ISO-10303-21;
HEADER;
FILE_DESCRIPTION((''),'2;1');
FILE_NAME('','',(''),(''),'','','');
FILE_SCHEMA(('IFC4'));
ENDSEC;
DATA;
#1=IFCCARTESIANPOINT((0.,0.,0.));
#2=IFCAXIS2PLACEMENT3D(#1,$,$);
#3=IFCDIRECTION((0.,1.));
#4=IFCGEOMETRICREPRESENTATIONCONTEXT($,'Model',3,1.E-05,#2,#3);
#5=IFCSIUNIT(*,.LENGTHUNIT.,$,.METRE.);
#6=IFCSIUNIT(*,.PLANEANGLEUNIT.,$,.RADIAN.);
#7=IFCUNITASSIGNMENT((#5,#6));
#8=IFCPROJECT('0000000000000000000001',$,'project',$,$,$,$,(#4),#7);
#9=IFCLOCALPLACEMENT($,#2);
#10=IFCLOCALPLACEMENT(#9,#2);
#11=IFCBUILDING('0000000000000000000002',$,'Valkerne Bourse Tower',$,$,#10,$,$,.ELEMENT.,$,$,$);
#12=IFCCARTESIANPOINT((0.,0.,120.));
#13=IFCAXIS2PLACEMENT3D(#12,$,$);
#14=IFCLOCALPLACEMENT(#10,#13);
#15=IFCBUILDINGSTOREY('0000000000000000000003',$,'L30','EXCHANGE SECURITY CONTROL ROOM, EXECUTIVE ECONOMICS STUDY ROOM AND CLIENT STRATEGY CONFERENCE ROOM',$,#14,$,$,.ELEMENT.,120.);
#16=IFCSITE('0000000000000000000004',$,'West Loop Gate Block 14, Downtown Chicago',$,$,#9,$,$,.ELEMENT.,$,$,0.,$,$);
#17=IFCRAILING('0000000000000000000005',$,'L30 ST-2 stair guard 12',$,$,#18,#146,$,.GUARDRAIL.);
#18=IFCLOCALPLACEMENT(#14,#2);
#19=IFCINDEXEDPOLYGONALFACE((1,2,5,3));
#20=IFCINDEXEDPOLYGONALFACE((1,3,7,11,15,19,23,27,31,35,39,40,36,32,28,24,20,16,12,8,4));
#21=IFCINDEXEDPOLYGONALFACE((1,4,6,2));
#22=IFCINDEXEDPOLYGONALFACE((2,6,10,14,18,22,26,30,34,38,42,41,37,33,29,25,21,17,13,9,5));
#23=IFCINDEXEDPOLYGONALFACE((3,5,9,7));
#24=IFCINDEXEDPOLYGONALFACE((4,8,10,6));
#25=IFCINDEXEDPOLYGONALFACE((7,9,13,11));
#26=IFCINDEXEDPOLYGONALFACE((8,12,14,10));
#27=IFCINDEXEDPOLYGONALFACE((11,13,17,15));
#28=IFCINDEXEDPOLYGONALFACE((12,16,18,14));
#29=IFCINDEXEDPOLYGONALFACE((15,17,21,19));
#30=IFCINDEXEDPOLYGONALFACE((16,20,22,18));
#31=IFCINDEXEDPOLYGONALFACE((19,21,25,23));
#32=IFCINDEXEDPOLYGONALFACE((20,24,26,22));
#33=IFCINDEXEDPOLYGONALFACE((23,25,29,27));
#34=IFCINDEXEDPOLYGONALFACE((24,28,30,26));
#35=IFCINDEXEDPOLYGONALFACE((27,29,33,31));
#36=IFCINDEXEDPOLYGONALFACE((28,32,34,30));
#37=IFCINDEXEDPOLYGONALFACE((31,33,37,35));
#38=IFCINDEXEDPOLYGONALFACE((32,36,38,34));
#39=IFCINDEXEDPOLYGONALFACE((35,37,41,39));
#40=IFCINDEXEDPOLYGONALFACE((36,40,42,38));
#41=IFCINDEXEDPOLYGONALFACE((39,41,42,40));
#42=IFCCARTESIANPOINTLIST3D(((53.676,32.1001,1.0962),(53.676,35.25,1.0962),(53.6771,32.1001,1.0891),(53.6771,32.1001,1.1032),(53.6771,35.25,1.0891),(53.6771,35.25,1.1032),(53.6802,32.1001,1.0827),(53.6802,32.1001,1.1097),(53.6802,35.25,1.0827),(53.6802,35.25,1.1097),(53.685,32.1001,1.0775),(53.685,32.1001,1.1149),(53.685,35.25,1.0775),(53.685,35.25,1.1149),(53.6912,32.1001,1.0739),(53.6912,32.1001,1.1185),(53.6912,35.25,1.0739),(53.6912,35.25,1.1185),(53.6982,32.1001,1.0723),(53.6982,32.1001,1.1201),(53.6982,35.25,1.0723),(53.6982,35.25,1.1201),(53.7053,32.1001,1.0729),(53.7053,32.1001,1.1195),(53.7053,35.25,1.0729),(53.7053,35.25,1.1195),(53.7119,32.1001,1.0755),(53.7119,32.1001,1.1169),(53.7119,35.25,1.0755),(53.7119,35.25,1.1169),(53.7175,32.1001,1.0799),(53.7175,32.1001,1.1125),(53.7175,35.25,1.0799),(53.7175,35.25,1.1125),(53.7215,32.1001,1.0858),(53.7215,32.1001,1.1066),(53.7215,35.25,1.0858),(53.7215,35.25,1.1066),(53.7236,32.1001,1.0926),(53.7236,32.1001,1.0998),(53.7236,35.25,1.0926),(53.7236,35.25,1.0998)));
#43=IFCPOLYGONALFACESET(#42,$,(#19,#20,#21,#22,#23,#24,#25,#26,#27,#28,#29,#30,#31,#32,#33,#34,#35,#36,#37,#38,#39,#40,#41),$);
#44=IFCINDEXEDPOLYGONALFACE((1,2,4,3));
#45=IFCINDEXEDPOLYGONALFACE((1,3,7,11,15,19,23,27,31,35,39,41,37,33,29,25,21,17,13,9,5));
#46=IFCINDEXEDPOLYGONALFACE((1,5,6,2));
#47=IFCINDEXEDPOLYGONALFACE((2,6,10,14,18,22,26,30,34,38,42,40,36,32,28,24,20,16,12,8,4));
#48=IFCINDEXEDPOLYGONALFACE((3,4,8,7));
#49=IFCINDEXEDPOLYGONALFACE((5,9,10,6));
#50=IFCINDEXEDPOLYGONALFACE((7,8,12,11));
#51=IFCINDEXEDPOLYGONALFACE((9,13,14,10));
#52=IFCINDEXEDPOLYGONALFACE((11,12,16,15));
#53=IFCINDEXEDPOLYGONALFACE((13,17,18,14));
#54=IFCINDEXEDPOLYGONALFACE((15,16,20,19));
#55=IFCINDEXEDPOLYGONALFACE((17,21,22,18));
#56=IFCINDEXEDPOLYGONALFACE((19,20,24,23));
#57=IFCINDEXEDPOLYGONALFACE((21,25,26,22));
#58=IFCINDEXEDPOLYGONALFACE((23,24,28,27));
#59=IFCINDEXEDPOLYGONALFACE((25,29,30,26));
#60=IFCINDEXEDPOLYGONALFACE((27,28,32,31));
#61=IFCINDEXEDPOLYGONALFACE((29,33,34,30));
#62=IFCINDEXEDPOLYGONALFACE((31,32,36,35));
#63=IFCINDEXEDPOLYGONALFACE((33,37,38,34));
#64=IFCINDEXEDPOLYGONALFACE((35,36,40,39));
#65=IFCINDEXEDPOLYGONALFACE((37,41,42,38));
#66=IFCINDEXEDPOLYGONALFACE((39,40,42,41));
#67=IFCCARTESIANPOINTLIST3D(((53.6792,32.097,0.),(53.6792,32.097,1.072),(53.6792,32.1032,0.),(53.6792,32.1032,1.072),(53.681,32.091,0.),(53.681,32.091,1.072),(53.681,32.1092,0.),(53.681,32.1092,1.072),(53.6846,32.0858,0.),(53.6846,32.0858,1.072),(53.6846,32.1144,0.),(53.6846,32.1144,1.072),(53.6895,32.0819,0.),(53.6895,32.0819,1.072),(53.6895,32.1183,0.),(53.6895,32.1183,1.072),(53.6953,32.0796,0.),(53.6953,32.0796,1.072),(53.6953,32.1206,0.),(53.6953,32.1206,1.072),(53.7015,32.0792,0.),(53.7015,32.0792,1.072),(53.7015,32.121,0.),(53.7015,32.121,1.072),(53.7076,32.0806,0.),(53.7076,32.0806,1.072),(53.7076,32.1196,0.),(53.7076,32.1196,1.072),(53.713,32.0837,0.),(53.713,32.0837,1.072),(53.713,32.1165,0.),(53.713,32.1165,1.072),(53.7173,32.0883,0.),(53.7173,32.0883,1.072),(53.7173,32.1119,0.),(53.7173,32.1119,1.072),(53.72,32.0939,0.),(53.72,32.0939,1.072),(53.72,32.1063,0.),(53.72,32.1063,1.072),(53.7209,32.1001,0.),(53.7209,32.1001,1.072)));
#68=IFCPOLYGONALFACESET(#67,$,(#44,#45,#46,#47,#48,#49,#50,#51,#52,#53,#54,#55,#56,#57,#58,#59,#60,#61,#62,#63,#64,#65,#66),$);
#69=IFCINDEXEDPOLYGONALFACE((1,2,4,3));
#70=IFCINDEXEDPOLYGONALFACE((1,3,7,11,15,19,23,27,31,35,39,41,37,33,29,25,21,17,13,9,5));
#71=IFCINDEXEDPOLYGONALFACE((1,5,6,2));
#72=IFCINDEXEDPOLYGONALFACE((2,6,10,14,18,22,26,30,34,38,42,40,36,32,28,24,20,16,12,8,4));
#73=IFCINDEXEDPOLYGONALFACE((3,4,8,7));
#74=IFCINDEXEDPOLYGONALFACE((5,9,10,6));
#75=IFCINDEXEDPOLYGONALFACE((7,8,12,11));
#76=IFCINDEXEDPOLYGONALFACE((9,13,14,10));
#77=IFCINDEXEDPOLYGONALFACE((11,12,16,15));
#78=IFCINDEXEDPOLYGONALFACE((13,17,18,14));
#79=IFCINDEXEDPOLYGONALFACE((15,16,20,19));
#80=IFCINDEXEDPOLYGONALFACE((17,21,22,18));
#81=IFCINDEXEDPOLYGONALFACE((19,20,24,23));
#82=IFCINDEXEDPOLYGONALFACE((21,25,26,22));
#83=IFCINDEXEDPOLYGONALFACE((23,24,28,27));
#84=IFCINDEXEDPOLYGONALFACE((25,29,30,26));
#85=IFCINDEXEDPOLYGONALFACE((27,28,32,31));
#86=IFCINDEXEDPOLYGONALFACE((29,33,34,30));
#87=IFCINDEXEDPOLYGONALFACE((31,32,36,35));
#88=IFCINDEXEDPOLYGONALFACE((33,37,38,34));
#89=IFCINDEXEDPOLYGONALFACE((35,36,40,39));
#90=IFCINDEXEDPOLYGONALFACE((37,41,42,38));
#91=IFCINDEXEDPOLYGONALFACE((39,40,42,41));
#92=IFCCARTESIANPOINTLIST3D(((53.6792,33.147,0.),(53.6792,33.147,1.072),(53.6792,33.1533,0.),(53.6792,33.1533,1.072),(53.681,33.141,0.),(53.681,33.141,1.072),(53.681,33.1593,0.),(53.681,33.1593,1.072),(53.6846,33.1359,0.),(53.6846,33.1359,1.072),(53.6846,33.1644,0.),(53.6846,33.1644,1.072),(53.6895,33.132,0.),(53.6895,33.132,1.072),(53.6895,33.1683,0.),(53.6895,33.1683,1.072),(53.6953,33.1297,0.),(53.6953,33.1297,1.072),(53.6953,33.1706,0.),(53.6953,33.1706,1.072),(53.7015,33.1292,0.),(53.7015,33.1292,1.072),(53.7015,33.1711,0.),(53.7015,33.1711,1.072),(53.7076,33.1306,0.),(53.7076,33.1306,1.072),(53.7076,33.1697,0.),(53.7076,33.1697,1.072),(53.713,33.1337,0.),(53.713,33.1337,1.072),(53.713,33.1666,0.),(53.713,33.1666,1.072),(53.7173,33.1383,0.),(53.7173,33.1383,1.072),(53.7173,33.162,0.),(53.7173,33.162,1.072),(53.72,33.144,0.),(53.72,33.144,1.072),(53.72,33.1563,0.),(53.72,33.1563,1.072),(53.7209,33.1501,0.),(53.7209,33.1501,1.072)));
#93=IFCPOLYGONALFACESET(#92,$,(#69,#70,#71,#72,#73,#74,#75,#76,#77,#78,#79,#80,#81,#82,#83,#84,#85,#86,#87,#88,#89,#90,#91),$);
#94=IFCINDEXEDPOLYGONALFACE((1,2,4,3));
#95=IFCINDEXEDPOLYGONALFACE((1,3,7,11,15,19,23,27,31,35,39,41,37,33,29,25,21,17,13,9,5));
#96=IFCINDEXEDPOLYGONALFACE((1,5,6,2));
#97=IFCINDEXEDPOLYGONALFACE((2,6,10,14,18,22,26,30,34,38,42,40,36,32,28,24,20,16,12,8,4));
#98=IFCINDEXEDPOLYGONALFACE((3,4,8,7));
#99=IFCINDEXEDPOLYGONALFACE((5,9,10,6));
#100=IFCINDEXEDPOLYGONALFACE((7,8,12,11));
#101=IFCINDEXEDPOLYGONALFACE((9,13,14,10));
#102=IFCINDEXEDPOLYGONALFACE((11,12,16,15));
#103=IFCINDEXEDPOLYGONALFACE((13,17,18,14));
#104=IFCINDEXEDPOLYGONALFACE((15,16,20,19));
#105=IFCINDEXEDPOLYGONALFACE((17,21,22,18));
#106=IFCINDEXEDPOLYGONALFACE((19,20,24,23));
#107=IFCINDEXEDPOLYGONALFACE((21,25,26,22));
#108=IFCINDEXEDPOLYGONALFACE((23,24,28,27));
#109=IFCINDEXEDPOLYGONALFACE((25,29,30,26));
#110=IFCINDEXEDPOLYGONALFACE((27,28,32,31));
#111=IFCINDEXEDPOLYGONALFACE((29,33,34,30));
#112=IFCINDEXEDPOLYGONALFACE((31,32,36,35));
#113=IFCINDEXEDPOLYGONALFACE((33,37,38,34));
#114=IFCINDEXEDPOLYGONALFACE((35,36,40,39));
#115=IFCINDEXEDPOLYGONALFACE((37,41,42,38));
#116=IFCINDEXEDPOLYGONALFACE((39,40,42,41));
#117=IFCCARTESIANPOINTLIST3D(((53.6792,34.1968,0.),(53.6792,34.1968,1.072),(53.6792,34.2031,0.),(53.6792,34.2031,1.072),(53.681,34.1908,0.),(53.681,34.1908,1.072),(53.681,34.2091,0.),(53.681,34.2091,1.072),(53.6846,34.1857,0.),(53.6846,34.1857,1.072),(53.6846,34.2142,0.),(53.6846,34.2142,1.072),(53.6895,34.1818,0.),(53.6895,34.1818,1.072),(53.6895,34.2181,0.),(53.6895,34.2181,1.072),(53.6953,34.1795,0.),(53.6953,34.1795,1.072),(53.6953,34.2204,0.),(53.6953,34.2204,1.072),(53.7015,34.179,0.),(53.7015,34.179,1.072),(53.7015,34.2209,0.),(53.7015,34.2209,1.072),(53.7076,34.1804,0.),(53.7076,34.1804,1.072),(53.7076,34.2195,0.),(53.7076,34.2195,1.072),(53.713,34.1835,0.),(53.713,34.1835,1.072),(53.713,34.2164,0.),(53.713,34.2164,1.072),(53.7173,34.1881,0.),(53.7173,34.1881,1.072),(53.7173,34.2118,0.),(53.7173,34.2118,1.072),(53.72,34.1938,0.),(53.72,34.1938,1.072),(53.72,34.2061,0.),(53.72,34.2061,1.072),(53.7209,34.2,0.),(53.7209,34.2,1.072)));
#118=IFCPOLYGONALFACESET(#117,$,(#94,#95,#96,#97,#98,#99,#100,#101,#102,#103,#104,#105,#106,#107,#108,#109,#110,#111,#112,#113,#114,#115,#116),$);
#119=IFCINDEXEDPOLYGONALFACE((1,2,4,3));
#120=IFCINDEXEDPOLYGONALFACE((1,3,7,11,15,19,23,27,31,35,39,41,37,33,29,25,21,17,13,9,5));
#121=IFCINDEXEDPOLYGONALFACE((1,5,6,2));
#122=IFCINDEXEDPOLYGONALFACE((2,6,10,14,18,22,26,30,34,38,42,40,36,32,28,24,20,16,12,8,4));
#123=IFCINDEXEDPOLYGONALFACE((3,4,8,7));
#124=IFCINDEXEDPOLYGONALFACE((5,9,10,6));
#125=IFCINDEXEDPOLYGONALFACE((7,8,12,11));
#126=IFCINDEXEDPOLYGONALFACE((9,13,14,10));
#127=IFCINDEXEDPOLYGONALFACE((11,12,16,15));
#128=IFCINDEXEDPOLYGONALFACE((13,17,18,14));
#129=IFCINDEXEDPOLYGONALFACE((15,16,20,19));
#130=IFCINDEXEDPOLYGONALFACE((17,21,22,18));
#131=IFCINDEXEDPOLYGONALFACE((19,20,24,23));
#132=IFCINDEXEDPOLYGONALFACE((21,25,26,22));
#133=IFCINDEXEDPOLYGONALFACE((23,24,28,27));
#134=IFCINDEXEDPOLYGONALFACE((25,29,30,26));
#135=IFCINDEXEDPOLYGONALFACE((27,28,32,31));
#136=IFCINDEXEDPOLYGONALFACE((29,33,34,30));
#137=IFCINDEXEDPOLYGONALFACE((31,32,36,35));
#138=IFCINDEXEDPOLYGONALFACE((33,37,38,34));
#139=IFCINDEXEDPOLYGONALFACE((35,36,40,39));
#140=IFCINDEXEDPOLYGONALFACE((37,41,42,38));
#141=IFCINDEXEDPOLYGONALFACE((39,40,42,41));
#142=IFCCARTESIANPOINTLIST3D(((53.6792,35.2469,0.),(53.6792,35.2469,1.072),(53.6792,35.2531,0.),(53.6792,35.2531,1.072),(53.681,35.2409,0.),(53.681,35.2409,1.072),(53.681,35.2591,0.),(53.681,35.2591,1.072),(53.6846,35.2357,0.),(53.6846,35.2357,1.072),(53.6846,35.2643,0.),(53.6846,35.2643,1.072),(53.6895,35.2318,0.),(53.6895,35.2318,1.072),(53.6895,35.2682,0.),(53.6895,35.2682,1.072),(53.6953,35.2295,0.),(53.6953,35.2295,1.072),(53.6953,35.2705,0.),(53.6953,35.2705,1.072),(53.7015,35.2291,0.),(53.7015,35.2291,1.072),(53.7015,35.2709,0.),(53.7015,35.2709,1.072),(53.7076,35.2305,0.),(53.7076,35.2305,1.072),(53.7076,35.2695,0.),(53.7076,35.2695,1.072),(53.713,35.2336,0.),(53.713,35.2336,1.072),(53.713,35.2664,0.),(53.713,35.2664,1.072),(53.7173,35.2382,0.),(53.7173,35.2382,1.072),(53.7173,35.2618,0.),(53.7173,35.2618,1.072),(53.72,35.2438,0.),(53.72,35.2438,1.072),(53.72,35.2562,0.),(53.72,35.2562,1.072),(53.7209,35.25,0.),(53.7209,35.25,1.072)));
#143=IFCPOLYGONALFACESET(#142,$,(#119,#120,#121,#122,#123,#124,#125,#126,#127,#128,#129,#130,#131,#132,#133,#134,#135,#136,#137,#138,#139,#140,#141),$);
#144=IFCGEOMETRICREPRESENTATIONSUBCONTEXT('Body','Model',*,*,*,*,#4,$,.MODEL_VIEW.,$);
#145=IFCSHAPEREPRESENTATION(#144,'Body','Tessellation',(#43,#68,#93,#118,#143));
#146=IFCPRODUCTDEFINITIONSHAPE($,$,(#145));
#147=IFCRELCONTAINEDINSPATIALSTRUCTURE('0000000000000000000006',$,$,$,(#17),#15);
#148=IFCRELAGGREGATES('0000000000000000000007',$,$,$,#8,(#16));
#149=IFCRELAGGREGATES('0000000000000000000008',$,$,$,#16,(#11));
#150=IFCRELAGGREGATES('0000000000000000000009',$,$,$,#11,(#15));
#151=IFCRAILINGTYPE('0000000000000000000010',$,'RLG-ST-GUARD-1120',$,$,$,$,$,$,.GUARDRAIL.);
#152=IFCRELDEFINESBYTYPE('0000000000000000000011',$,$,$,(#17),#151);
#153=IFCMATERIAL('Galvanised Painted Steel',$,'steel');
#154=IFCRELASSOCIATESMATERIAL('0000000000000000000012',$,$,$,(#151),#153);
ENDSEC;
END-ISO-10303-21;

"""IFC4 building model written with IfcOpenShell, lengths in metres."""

from ifc_helpers import new_model, si_unit, direction, frame, origin, origin_2d, place, context, subcontext, project, spatial, circle, extrude, material, type_object, element, save


model = new_model("IFC4")

# Units and contexts
model_context = context("Model", 3, precision=1e-05, world=origin(), true_north=direction((0.0, 1.0)))
body_context = subcontext(model_context, "Body", "Model", "MODEL_VIEW")
ifc_project = project(units=[si_unit("LENGTHUNIT", "METRE"), si_unit("PLANEANGLEUNIT", "RADIAN")], contexts=[model_context])

# Site, building, storey
site_placement = place(None, origin())
site = spatial("IfcSite", under=ifc_project, at=site_placement, Name="West Loop Gate Block 14, Downtown Chicago", CompositionType="ELEMENT", RefElevation=0.0)
building_placement = place(site_placement, origin())
building = spatial("IfcBuilding", under=site, at=building_placement, Name="Valkerne Bourse Tower", CompositionType="ELEMENT")
storey_placement = place(building_placement, frame((0.0, 0.0, 120.0)))
storey = spatial("IfcBuildingStorey", under=building, at=storey_placement, Name="L30", Description="EXCHANGE SECURITY CONTROL ROOM, EXECUTIVE ECONOMICS STUDY ROOM AND CLIENT STRATEGY CONFERENCE ROOM", CompositionType="ELEMENT", Elevation=120.0)

# Railing
ifc_material_1 = material(Name="Galvanised Painted Steel", Category="steel")
railing_type_1 = type_object("IfcRailingType", Name="RLG-ST-GUARD-1120", PredefinedType="GUARDRAIL", material=ifc_material_1)
railing_1_placement = place(storey_placement, frame((53.7, 32.1001, 0.0)))
element("IfcRailing", 1, at=railing_1_placement, inside=storey, type_object=railing_type_1, Name="L30 ST-2 stair guard 12", PredefinedType="GUARDRAIL", context=body_context, shape_type="SweptSolid", body=[
    extrude(circle(Radius=0.0239, at=origin_2d()), frame((0.0, 0.0, 1.0962), z_axis=(0.0, 1.0, 0.0), x_axis=(-1.0, 0.0, 0.0)), (0.0, 0.0, 1.0), 3.1499),
    extrude(circle(Radius=0.021, at=origin_2d()), origin(), (0.0, 0.0, 1.0), 1.072),
    extrude(circle(Radius=0.021, at=origin_2d()), frame((0.0, 1.05, 0.0)), (0.0, 0.0, 1.0), 1.072),
    extrude(circle(Radius=0.021, at=origin_2d()), frame((0.0, 2.0999, 0.0)), (0.0, 0.0, 1.0), 1.072),
    extrude(circle(Radius=0.021, at=origin_2d()), frame((0.0, 3.1499, 0.0)), (0.0, 0.0, 1.0), 1.072),
])

save(model, "model.ifc")
